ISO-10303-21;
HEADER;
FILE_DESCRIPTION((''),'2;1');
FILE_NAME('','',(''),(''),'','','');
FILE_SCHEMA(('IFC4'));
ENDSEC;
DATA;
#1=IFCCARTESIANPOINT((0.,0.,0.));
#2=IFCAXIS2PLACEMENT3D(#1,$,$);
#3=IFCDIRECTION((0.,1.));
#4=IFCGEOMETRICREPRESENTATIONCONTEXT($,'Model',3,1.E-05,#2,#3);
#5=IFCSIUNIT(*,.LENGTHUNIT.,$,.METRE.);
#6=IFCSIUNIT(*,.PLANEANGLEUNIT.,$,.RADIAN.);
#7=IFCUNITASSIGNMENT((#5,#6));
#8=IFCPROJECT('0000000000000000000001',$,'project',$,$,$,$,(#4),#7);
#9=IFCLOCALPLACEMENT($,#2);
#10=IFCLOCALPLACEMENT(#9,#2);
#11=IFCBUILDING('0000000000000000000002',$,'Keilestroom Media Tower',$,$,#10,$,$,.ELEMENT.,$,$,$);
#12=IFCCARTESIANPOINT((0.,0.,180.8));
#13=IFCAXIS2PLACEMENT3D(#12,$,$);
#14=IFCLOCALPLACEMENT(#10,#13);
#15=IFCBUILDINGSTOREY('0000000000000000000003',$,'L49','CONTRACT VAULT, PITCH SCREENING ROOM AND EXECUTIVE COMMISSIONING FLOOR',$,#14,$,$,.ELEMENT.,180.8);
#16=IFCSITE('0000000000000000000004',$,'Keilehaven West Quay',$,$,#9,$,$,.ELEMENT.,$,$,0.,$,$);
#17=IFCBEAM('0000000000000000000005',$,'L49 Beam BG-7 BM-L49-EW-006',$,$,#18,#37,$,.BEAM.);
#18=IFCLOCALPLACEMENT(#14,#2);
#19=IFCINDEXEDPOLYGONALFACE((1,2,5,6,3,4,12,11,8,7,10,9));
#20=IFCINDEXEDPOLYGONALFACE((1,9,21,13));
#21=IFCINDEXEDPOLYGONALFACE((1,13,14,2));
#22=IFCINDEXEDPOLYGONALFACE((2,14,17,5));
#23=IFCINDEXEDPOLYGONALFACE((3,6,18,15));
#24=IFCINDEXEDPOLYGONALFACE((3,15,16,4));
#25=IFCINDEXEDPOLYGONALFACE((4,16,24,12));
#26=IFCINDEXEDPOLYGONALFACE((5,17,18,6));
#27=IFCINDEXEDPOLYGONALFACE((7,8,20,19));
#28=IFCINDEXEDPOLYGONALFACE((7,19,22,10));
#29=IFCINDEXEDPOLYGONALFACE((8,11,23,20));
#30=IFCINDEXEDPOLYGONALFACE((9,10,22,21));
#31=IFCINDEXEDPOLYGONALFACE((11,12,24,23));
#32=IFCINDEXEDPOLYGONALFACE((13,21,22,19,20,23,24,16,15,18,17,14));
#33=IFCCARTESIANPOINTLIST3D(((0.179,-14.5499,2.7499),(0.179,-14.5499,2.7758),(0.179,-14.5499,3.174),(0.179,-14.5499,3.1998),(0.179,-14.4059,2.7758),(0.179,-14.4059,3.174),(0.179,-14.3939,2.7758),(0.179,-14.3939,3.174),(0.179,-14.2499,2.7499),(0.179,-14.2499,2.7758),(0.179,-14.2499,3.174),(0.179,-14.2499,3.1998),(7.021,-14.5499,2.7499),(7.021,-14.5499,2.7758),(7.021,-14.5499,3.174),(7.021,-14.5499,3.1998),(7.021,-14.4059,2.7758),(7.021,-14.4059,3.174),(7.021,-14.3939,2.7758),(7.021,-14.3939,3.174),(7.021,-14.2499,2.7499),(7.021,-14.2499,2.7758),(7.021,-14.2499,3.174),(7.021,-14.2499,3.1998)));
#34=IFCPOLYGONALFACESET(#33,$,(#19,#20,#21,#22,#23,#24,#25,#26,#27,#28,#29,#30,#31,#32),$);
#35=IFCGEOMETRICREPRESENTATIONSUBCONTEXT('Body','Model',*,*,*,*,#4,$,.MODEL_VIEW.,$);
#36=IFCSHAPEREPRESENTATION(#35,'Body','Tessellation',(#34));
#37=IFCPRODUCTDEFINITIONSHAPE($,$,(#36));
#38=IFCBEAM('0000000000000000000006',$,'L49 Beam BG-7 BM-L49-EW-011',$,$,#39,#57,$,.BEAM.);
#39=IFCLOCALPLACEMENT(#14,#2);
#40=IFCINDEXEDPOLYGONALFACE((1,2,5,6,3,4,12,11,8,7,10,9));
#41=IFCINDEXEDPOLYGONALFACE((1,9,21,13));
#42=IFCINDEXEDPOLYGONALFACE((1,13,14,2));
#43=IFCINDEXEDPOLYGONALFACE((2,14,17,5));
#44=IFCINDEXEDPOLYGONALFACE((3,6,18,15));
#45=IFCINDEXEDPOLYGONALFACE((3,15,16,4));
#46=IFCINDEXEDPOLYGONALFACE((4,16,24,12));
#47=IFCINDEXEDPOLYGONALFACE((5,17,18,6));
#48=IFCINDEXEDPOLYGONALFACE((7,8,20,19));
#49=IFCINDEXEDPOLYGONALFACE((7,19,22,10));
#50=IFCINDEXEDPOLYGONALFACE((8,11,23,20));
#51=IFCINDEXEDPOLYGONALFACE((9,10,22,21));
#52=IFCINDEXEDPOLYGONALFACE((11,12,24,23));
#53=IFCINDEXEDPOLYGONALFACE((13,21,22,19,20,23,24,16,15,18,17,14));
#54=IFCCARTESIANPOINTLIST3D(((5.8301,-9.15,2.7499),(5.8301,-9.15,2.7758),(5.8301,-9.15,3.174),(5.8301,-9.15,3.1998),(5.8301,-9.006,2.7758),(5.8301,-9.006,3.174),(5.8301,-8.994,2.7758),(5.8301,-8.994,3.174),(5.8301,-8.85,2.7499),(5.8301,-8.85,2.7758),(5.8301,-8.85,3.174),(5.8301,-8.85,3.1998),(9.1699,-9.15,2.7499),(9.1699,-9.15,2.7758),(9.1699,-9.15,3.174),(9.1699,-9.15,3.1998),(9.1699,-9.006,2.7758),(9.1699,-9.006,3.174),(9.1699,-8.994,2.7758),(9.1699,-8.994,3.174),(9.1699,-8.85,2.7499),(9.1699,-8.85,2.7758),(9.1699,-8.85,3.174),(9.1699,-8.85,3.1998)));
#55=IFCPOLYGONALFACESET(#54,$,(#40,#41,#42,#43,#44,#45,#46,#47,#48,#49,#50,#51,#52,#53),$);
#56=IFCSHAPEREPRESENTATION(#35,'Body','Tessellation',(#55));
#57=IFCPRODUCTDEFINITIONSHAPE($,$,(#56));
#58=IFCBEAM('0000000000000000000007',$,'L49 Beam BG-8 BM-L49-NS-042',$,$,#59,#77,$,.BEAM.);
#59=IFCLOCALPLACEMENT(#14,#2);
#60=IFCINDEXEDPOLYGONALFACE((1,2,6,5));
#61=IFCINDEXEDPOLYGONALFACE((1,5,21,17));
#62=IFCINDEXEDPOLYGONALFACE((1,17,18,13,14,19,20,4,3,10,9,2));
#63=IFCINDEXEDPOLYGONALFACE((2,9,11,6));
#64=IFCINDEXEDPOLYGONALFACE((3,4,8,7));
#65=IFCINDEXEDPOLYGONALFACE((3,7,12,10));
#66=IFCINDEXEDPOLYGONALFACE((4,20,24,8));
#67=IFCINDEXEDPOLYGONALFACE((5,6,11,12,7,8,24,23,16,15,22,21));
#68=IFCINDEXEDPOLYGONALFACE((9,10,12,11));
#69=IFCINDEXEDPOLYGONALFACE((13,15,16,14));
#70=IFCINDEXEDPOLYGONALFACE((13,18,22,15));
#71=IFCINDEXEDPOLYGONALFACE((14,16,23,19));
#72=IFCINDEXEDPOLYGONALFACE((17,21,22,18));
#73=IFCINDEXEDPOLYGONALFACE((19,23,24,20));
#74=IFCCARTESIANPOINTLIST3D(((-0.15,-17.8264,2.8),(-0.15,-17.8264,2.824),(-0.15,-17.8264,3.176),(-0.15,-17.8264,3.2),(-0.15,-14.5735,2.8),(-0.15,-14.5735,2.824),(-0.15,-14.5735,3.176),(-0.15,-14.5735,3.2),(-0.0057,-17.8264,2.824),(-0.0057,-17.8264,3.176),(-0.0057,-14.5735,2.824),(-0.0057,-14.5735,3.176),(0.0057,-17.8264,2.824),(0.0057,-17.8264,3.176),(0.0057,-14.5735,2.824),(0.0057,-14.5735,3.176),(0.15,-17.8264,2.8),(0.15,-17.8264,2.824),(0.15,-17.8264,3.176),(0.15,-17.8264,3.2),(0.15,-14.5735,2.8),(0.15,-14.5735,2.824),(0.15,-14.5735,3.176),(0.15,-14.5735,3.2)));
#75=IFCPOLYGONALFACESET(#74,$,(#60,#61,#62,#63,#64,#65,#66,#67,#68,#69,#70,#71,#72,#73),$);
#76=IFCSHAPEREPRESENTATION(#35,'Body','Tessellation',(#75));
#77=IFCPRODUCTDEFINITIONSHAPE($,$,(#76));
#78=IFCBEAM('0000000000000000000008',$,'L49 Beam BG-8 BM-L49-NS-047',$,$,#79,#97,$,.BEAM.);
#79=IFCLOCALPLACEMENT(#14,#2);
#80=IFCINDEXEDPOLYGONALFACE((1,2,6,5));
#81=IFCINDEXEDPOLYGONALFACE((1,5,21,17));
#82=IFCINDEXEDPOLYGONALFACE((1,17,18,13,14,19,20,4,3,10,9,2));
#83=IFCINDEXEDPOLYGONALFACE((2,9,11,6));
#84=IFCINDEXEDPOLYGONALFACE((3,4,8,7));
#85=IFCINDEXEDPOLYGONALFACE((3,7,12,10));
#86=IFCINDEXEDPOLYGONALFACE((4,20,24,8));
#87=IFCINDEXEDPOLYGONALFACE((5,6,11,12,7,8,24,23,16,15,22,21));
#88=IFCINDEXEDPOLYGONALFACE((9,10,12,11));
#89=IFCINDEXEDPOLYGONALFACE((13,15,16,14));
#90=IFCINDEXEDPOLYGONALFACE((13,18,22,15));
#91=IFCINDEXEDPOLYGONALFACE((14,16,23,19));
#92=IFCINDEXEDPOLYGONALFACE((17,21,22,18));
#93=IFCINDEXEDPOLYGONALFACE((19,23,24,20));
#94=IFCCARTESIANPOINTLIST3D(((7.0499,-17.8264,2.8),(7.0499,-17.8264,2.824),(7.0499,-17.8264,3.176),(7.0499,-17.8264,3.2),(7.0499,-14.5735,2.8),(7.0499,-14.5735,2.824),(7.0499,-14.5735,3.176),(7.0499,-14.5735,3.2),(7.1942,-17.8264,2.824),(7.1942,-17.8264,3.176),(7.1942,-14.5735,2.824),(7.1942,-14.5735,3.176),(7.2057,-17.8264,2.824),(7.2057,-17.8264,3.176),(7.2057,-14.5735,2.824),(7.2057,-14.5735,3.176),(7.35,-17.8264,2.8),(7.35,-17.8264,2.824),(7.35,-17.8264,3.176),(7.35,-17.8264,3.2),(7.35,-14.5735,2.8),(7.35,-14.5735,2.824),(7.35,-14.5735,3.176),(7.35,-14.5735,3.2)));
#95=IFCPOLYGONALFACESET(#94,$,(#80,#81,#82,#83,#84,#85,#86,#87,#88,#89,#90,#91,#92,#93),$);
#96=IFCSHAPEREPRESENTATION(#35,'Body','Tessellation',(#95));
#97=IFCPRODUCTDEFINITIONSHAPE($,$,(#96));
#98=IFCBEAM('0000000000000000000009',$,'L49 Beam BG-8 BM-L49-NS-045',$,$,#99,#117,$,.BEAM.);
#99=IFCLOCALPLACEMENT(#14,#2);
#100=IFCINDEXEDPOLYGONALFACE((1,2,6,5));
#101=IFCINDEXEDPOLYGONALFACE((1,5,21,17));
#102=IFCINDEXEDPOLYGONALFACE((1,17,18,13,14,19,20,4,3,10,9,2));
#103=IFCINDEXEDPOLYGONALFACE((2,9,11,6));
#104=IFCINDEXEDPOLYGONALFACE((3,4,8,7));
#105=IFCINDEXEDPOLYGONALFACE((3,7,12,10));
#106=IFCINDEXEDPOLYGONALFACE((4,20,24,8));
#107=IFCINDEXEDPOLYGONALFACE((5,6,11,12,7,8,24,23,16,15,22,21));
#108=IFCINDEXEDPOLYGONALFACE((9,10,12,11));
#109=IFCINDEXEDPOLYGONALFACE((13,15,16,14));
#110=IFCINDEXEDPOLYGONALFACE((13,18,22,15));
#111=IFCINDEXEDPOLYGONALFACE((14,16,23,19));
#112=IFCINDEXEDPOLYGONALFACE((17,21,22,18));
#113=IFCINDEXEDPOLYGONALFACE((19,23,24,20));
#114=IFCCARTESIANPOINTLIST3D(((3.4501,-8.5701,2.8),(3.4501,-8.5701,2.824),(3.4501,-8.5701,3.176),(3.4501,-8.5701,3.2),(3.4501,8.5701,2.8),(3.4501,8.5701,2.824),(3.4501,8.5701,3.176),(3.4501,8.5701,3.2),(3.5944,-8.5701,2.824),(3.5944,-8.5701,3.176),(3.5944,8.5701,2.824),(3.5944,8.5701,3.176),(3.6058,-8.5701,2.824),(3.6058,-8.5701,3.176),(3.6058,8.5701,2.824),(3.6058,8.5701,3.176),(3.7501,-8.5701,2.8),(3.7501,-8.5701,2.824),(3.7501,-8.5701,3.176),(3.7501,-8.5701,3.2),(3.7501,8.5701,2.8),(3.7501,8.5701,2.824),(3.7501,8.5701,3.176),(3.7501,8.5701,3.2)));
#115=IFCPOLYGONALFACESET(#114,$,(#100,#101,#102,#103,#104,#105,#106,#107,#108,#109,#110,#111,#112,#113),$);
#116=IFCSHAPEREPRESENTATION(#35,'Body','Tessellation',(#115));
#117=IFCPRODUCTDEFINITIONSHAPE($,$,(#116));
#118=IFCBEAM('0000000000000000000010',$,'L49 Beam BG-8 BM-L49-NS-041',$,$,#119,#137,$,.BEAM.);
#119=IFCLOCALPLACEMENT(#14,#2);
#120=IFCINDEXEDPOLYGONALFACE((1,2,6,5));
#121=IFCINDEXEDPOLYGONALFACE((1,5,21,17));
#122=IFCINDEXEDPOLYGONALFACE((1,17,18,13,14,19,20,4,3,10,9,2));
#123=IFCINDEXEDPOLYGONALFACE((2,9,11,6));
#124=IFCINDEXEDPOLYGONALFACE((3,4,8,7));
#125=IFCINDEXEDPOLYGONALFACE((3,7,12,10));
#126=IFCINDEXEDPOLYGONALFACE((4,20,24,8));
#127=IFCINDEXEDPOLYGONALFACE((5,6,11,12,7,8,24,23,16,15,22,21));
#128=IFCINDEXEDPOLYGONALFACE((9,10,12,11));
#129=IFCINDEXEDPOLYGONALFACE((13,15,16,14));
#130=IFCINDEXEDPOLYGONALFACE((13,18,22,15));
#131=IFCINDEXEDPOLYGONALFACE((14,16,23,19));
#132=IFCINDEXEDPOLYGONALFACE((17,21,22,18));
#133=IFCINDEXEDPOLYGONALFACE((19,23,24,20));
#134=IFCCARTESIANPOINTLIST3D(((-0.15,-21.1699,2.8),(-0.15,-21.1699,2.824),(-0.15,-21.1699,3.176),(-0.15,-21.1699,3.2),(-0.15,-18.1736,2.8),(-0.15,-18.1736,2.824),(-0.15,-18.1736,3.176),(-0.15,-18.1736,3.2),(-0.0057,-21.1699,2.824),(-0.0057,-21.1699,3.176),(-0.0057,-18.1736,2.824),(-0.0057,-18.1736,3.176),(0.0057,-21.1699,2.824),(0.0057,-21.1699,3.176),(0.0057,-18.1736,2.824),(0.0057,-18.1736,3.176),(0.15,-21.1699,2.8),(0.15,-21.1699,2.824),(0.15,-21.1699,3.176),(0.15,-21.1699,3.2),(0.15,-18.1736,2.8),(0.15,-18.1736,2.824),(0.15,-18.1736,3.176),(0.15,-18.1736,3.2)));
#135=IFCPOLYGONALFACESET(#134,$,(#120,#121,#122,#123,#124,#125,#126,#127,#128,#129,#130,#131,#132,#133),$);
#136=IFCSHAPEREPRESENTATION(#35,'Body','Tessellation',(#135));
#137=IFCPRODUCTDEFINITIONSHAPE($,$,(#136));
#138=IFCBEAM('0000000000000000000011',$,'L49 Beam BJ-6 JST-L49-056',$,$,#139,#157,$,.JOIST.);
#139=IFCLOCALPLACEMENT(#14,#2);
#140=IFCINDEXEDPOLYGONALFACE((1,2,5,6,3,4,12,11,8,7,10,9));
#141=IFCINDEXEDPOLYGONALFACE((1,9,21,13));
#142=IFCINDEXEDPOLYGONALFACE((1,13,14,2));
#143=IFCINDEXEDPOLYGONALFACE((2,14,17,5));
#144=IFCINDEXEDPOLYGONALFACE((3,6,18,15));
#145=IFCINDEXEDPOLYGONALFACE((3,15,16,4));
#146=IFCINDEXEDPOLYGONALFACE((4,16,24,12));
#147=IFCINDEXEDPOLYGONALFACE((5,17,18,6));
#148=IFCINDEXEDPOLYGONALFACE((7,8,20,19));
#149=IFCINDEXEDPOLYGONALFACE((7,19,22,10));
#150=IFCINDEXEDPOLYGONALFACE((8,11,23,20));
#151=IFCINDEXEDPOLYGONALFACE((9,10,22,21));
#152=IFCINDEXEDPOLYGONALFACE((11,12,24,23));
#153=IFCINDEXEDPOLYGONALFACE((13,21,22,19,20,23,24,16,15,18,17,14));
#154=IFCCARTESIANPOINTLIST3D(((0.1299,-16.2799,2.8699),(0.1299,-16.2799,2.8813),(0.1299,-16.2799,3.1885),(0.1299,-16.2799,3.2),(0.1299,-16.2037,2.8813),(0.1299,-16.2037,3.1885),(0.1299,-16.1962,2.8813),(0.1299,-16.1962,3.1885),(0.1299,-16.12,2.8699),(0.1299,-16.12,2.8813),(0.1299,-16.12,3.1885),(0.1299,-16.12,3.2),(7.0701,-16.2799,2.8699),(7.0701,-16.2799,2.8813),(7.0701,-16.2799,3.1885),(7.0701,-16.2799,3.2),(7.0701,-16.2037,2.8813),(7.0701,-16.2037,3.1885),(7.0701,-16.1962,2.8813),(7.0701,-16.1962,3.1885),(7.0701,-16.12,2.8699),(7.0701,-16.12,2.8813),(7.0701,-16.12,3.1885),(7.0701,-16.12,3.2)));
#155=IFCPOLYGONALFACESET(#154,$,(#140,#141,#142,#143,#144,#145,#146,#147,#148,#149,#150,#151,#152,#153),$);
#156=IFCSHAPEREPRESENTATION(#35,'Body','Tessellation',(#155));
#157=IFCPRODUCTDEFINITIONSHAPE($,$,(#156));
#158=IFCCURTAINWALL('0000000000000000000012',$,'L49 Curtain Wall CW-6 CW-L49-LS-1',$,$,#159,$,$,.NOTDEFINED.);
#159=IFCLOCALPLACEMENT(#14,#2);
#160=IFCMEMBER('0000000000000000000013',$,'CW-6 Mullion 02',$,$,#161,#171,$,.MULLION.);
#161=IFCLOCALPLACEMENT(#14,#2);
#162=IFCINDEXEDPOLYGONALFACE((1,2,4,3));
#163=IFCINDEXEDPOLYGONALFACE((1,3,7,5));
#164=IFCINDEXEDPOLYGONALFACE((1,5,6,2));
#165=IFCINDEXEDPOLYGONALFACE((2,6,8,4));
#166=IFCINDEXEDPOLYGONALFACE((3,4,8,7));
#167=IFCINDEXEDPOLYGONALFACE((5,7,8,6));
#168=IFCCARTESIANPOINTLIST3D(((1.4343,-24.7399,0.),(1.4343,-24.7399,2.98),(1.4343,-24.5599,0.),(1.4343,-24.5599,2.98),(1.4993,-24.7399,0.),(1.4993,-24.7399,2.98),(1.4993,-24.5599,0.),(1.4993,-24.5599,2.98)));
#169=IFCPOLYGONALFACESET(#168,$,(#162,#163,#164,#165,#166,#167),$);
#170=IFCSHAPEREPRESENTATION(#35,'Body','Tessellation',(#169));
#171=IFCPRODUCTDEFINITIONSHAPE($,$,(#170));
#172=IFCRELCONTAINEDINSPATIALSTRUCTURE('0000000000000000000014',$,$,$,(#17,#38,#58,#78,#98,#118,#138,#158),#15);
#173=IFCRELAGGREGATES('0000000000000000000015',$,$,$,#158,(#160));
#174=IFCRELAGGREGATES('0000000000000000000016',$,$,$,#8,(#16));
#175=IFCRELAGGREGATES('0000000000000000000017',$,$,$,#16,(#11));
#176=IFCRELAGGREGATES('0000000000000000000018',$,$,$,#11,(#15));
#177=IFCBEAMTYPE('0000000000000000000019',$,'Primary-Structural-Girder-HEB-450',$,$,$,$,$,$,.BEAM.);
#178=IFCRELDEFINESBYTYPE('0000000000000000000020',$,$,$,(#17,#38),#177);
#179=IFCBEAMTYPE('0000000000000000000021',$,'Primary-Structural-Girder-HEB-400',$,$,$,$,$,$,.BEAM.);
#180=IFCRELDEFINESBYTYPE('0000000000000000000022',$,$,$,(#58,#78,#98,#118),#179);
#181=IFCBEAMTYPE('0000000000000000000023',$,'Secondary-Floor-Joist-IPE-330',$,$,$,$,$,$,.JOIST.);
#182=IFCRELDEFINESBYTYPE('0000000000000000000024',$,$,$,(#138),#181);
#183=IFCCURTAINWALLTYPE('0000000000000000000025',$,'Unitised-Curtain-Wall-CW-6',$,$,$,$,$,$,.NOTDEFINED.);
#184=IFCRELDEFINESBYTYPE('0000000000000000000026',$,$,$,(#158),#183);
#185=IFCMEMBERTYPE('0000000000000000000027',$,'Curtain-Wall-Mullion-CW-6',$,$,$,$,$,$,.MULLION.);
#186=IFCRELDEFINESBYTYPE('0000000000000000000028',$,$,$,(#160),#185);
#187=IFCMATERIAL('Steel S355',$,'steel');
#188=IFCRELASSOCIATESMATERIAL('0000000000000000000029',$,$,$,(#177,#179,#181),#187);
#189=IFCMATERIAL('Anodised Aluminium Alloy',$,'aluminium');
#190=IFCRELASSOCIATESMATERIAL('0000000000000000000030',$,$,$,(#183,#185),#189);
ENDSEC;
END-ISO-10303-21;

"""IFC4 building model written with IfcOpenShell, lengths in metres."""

from ifc_helpers import new_model, si_unit, direction, frame, origin, origin_2d, place, context, subcontext, project, spatial, rectangle, i_section, extrude, source, transform, mapped, material, material_profile, profile_set, type_object, element, aggregate, save


model = new_model("IFC4")

# Units and contexts
model_context = context("Model", 3, precision=1e-05, world=origin(), true_north=direction((0.0, 1.0)))
body_context = subcontext(model_context, "Body", "Model", "MODEL_VIEW")
ifc_project = project(units=[si_unit("LENGTHUNIT", "METRE"), si_unit("PLANEANGLEUNIT", "RADIAN")], contexts=[model_context])

# Site, building, storey
site_placement = place(None, origin())
site = spatial("IfcSite", under=ifc_project, at=site_placement, Name="Keilehaven West Quay", CompositionType="ELEMENT", RefElevation=0.0)
building_placement = place(site_placement, origin())
building = spatial("IfcBuilding", under=site, at=building_placement, Name="Keilestroom Media Tower", CompositionType="ELEMENT")
storey_placement = place(building_placement, frame((0.0, 0.0, 180.8)))
storey = spatial("IfcBuildingStorey", under=building, at=storey_placement, Name="L49", Description="CONTRACT VAULT, PITCH SCREENING ROOM AND EXECUTIVE COMMISSIONING FLOOR", CompositionType="ELEMENT", Elevation=180.8)

# Shared definitions
ifc_material_1 = material(Name="Steel S355", Category="steel")

# Beams
ifc_material_profile_1 = material_profile(ifc_material_1, i_section(OverallWidth=0.3, OverallDepth=0.45, WebThickness=0.012, FlangeThickness=0.0259, at=origin_2d()), Name="HEB 450")
ifc_profile_set_1 = profile_set([ifc_material_profile_1], Name="Steel S355")
beam_type_1 = type_object("IfcBeamType", Name="Primary-Structural-Girder-HEB-450", PredefinedType="BEAM", material=ifc_profile_set_1)
shared_shape_1 = source(origin(), body_context, "Body", "SweptSolid", [
    extrude(i_section(OverallWidth=0.3, OverallDepth=0.45, WebThickness=0.012, FlangeThickness=0.0259, at=origin_2d()), origin(), (0.0, 0.0, 1.0), 6.842),
])
for number, where, z_axis, x_axis, name in (
    (1, (0.179, -14.3999, 2.9749), (1.0, 0.0, 0.0), (0.0, 1.0, 0.0), "L49 Beam BG-7 BM-L49-EW-006"),
):
    element("IfcBeam", number, at=place(storey_placement, frame(where, z_axis=z_axis, x_axis=x_axis)), inside=storey, type_object=beam_type_1, Name=name, PredefinedType="BEAM", context=body_context, shape_type="MappedRepresentation", body=[
        mapped(shared_shape_1, transform((0.0, 0.0, 0.0), x_axis=(1.0, 0.0, 0.0), y_axis=(0.0, 1.0, 0.0), z_axis=(0.0, 0.0, 1.0), scale=1.0)),
    ])
shared_shape_2 = source(origin(), body_context, "Body", "SweptSolid", [
    extrude(i_section(OverallWidth=0.3, OverallDepth=0.45, WebThickness=0.012, FlangeThickness=0.0259, at=origin_2d()), origin(), (0.0, 0.0, 1.0), 3.3398),
])
beam_1_placement = place(storey_placement, frame((5.8301, -9.0, 2.9749), z_axis=(1.0, 0.0, 0.0), x_axis=(0.0, 1.0, 0.0)))
element("IfcBeam", 2, at=beam_1_placement, inside=storey, type_object=beam_type_1, Name="L49 Beam BG-7 BM-L49-EW-011", PredefinedType="BEAM", context=body_context, shape_type="MappedRepresentation", body=[
    mapped(shared_shape_2, transform((0.0, 0.0, 0.0), x_axis=(1.0, 0.0, 0.0), y_axis=(0.0, 1.0, 0.0), z_axis=(0.0, 0.0, 1.0), scale=1.0)),
])
ifc_material_profile_2 = material_profile(ifc_material_1, i_section(OverallWidth=0.3, OverallDepth=0.3999, WebThickness=0.0115, FlangeThickness=0.0239, at=origin_2d()), Name="HEB 400")
ifc_profile_set_2 = profile_set([ifc_material_profile_2], Name="Steel S355")
beam_type_2 = type_object("IfcBeamType", Name="Primary-Structural-Girder-HEB-400", PredefinedType="BEAM", material=ifc_profile_set_2)
shared_shape_3 = source(origin(), body_context, "Body", "SweptSolid", [
    extrude(i_section(OverallWidth=0.3, OverallDepth=0.3999, WebThickness=0.0115, FlangeThickness=0.0239, at=origin_2d()), origin(), (0.0, 0.0, 1.0), 3.2529),
])
for number, where, z_axis, x_axis, name in (
    (3, (0.0, -17.8264, 3.0), (0.0, 1.0, 0.0), (-1.0, 0.0, 0.0), "L49 Beam BG-8 BM-L49-NS-042"),
    (4, (7.2, -17.8264, 3.0), (0.0, 1.0, 0.0), (-1.0, 0.0, 0.0), "L49 Beam BG-8 BM-L49-NS-047"),
):
    element("IfcBeam", number, at=place(storey_placement, frame(where, z_axis=z_axis, x_axis=x_axis)), inside=storey, type_object=beam_type_2, Name=name, PredefinedType="BEAM", context=body_context, shape_type="MappedRepresentation", body=[
        mapped(shared_shape_3, transform((0.0, 0.0, 0.0), x_axis=(1.0, 0.0, 0.0), y_axis=(0.0, 1.0, 0.0), z_axis=(0.0, 0.0, 1.0), scale=1.0)),
    ])
shared_shape_4 = source(origin(), body_context, "Body", "SweptSolid", [
    extrude(i_section(OverallWidth=0.3, OverallDepth=0.3999, WebThickness=0.0115, FlangeThickness=0.0239, at=origin_2d()), origin(), (0.0, 0.0, 1.0), 17.1401),
])
beam_2_placement = place(storey_placement, frame((3.6001, -8.5701, 3.0), z_axis=(0.0, 1.0, 0.0), x_axis=(-1.0, 0.0, 0.0)))
element("IfcBeam", 5, at=beam_2_placement, inside=storey, type_object=beam_type_2, Name="L49 Beam BG-8 BM-L49-NS-045", PredefinedType="BEAM", context=body_context, shape_type="MappedRepresentation", body=[
    mapped(shared_shape_4, transform((0.0, 0.0, 0.0), x_axis=(1.0, 0.0, 0.0), y_axis=(0.0, 1.0, 0.0), z_axis=(0.0, 0.0, 1.0), scale=1.0)),
])
shared_shape_5 = source(origin(), body_context, "Body", "SweptSolid", [
    extrude(i_section(OverallWidth=0.3, OverallDepth=0.3999, WebThickness=0.0115, FlangeThickness=0.0239, at=origin_2d()), origin(), (0.0, 0.0, 1.0), 2.9963),
])
beam_3_placement = place(storey_placement, frame((0.0, -21.1699, 3.0), z_axis=(0.0, 1.0, 0.0), x_axis=(-1.0, 0.0, 0.0)))
element("IfcBeam", 6, at=beam_3_placement, inside=storey, type_object=beam_type_2, Name="L49 Beam BG-8 BM-L49-NS-041", PredefinedType="BEAM", context=body_context, shape_type="MappedRepresentation", body=[
    mapped(shared_shape_5, transform((0.0, 0.0, 0.0), x_axis=(1.0, 0.0, 0.0), y_axis=(0.0, 1.0, 0.0), z_axis=(0.0, 0.0, 1.0), scale=1.0)),
])
ifc_material_profile_3 = material_profile(ifc_material_1, i_section(OverallWidth=0.1599, OverallDepth=0.3301, WebThickness=0.0076, FlangeThickness=0.0115, at=origin_2d()), Name="IPE 330")
ifc_profile_set_3 = profile_set([ifc_material_profile_3], Name="Steel S355")
beam_type_3 = type_object("IfcBeamType", Name="Secondary-Floor-Joist-IPE-330", PredefinedType="JOIST", material=ifc_profile_set_3)
shared_shape_6 = source(origin(), body_context, "Body", "SweptSolid", [
    extrude(i_section(OverallWidth=0.1599, OverallDepth=0.3301, WebThickness=0.0076, FlangeThickness=0.0115, at=origin_2d()), origin(), (0.0, 0.0, 1.0), 6.9402),
])
beam_4_placement = place(storey_placement, frame((0.1299, -16.2, 3.0349), z_axis=(1.0, 0.0, 0.0), x_axis=(0.0, 1.0, 0.0)))
element("IfcBeam", 7, at=beam_4_placement, inside=storey, type_object=beam_type_3, Name="L49 Beam BJ-6 JST-L49-056", PredefinedType="JOIST", context=body_context, shape_type="MappedRepresentation", body=[
    mapped(shared_shape_6, transform((0.0, 0.0, 0.0), x_axis=(1.0, 0.0, 0.0), y_axis=(0.0, 1.0, 0.0), z_axis=(0.0, 0.0, 1.0), scale=1.0)),
])

# Curtain wall, member
ifc_material_2 = material(Name="Anodised Aluminium Alloy", Category="aluminium")
curtain_wall_type = type_object("IfcCurtainWallType", Name="Unitised-Curtain-Wall-CW-6", PredefinedType="NOTDEFINED", material=ifc_material_2)
curtain_wall_placement = place(storey_placement, origin())
curtain_wall = element("IfcCurtainWall", 8, at=curtain_wall_placement, inside=storey, type_object=curtain_wall_type, Name="L49 Curtain Wall CW-6 CW-L49-LS-1", PredefinedType="NOTDEFINED")
ifc_material_profile_4 = material_profile(ifc_material_2, rectangle(XDim=0.0649, YDim=0.1799, at=origin_2d()), Name="ALU MULLION 65x180")
ifc_profile_set_4 = profile_set([ifc_material_profile_4], Name="Anodised Aluminium Alloy")
member_type_1 = type_object("IfcMemberType", Name="Curtain-Wall-Mullion-CW-6", PredefinedType="MULLION", material=ifc_profile_set_4)
shared_shape_7 = source(origin(), body_context, "Body", "SweptSolid", [
    extrude(rectangle(XDim=0.0649, YDim=0.1799, at=origin_2d()), origin(), (0.0, 0.0, 1.0), 2.98),
])
member_1_placement = place(storey_placement, frame((1.4668, -24.6499, 0.0), z_axis=(0.0, 0.0, 1.0), x_axis=(1.0, 0.0, 0.0)))
member_1 = element("IfcMember", 9, at=member_1_placement, type_object=member_type_1, Name="CW-6 Mullion 02", PredefinedType="MULLION", context=body_context, shape_type="MappedRepresentation", body=[
    mapped(shared_shape_7, transform((0.0, 0.0, 0.0), x_axis=(1.0, 0.0, 0.0), y_axis=(0.0, 1.0, 0.0), z_axis=(0.0, 0.0, 1.0), scale=1.0)),
])
aggregate(curtain_wall, [member_1])

save(model, "model.ifc")
